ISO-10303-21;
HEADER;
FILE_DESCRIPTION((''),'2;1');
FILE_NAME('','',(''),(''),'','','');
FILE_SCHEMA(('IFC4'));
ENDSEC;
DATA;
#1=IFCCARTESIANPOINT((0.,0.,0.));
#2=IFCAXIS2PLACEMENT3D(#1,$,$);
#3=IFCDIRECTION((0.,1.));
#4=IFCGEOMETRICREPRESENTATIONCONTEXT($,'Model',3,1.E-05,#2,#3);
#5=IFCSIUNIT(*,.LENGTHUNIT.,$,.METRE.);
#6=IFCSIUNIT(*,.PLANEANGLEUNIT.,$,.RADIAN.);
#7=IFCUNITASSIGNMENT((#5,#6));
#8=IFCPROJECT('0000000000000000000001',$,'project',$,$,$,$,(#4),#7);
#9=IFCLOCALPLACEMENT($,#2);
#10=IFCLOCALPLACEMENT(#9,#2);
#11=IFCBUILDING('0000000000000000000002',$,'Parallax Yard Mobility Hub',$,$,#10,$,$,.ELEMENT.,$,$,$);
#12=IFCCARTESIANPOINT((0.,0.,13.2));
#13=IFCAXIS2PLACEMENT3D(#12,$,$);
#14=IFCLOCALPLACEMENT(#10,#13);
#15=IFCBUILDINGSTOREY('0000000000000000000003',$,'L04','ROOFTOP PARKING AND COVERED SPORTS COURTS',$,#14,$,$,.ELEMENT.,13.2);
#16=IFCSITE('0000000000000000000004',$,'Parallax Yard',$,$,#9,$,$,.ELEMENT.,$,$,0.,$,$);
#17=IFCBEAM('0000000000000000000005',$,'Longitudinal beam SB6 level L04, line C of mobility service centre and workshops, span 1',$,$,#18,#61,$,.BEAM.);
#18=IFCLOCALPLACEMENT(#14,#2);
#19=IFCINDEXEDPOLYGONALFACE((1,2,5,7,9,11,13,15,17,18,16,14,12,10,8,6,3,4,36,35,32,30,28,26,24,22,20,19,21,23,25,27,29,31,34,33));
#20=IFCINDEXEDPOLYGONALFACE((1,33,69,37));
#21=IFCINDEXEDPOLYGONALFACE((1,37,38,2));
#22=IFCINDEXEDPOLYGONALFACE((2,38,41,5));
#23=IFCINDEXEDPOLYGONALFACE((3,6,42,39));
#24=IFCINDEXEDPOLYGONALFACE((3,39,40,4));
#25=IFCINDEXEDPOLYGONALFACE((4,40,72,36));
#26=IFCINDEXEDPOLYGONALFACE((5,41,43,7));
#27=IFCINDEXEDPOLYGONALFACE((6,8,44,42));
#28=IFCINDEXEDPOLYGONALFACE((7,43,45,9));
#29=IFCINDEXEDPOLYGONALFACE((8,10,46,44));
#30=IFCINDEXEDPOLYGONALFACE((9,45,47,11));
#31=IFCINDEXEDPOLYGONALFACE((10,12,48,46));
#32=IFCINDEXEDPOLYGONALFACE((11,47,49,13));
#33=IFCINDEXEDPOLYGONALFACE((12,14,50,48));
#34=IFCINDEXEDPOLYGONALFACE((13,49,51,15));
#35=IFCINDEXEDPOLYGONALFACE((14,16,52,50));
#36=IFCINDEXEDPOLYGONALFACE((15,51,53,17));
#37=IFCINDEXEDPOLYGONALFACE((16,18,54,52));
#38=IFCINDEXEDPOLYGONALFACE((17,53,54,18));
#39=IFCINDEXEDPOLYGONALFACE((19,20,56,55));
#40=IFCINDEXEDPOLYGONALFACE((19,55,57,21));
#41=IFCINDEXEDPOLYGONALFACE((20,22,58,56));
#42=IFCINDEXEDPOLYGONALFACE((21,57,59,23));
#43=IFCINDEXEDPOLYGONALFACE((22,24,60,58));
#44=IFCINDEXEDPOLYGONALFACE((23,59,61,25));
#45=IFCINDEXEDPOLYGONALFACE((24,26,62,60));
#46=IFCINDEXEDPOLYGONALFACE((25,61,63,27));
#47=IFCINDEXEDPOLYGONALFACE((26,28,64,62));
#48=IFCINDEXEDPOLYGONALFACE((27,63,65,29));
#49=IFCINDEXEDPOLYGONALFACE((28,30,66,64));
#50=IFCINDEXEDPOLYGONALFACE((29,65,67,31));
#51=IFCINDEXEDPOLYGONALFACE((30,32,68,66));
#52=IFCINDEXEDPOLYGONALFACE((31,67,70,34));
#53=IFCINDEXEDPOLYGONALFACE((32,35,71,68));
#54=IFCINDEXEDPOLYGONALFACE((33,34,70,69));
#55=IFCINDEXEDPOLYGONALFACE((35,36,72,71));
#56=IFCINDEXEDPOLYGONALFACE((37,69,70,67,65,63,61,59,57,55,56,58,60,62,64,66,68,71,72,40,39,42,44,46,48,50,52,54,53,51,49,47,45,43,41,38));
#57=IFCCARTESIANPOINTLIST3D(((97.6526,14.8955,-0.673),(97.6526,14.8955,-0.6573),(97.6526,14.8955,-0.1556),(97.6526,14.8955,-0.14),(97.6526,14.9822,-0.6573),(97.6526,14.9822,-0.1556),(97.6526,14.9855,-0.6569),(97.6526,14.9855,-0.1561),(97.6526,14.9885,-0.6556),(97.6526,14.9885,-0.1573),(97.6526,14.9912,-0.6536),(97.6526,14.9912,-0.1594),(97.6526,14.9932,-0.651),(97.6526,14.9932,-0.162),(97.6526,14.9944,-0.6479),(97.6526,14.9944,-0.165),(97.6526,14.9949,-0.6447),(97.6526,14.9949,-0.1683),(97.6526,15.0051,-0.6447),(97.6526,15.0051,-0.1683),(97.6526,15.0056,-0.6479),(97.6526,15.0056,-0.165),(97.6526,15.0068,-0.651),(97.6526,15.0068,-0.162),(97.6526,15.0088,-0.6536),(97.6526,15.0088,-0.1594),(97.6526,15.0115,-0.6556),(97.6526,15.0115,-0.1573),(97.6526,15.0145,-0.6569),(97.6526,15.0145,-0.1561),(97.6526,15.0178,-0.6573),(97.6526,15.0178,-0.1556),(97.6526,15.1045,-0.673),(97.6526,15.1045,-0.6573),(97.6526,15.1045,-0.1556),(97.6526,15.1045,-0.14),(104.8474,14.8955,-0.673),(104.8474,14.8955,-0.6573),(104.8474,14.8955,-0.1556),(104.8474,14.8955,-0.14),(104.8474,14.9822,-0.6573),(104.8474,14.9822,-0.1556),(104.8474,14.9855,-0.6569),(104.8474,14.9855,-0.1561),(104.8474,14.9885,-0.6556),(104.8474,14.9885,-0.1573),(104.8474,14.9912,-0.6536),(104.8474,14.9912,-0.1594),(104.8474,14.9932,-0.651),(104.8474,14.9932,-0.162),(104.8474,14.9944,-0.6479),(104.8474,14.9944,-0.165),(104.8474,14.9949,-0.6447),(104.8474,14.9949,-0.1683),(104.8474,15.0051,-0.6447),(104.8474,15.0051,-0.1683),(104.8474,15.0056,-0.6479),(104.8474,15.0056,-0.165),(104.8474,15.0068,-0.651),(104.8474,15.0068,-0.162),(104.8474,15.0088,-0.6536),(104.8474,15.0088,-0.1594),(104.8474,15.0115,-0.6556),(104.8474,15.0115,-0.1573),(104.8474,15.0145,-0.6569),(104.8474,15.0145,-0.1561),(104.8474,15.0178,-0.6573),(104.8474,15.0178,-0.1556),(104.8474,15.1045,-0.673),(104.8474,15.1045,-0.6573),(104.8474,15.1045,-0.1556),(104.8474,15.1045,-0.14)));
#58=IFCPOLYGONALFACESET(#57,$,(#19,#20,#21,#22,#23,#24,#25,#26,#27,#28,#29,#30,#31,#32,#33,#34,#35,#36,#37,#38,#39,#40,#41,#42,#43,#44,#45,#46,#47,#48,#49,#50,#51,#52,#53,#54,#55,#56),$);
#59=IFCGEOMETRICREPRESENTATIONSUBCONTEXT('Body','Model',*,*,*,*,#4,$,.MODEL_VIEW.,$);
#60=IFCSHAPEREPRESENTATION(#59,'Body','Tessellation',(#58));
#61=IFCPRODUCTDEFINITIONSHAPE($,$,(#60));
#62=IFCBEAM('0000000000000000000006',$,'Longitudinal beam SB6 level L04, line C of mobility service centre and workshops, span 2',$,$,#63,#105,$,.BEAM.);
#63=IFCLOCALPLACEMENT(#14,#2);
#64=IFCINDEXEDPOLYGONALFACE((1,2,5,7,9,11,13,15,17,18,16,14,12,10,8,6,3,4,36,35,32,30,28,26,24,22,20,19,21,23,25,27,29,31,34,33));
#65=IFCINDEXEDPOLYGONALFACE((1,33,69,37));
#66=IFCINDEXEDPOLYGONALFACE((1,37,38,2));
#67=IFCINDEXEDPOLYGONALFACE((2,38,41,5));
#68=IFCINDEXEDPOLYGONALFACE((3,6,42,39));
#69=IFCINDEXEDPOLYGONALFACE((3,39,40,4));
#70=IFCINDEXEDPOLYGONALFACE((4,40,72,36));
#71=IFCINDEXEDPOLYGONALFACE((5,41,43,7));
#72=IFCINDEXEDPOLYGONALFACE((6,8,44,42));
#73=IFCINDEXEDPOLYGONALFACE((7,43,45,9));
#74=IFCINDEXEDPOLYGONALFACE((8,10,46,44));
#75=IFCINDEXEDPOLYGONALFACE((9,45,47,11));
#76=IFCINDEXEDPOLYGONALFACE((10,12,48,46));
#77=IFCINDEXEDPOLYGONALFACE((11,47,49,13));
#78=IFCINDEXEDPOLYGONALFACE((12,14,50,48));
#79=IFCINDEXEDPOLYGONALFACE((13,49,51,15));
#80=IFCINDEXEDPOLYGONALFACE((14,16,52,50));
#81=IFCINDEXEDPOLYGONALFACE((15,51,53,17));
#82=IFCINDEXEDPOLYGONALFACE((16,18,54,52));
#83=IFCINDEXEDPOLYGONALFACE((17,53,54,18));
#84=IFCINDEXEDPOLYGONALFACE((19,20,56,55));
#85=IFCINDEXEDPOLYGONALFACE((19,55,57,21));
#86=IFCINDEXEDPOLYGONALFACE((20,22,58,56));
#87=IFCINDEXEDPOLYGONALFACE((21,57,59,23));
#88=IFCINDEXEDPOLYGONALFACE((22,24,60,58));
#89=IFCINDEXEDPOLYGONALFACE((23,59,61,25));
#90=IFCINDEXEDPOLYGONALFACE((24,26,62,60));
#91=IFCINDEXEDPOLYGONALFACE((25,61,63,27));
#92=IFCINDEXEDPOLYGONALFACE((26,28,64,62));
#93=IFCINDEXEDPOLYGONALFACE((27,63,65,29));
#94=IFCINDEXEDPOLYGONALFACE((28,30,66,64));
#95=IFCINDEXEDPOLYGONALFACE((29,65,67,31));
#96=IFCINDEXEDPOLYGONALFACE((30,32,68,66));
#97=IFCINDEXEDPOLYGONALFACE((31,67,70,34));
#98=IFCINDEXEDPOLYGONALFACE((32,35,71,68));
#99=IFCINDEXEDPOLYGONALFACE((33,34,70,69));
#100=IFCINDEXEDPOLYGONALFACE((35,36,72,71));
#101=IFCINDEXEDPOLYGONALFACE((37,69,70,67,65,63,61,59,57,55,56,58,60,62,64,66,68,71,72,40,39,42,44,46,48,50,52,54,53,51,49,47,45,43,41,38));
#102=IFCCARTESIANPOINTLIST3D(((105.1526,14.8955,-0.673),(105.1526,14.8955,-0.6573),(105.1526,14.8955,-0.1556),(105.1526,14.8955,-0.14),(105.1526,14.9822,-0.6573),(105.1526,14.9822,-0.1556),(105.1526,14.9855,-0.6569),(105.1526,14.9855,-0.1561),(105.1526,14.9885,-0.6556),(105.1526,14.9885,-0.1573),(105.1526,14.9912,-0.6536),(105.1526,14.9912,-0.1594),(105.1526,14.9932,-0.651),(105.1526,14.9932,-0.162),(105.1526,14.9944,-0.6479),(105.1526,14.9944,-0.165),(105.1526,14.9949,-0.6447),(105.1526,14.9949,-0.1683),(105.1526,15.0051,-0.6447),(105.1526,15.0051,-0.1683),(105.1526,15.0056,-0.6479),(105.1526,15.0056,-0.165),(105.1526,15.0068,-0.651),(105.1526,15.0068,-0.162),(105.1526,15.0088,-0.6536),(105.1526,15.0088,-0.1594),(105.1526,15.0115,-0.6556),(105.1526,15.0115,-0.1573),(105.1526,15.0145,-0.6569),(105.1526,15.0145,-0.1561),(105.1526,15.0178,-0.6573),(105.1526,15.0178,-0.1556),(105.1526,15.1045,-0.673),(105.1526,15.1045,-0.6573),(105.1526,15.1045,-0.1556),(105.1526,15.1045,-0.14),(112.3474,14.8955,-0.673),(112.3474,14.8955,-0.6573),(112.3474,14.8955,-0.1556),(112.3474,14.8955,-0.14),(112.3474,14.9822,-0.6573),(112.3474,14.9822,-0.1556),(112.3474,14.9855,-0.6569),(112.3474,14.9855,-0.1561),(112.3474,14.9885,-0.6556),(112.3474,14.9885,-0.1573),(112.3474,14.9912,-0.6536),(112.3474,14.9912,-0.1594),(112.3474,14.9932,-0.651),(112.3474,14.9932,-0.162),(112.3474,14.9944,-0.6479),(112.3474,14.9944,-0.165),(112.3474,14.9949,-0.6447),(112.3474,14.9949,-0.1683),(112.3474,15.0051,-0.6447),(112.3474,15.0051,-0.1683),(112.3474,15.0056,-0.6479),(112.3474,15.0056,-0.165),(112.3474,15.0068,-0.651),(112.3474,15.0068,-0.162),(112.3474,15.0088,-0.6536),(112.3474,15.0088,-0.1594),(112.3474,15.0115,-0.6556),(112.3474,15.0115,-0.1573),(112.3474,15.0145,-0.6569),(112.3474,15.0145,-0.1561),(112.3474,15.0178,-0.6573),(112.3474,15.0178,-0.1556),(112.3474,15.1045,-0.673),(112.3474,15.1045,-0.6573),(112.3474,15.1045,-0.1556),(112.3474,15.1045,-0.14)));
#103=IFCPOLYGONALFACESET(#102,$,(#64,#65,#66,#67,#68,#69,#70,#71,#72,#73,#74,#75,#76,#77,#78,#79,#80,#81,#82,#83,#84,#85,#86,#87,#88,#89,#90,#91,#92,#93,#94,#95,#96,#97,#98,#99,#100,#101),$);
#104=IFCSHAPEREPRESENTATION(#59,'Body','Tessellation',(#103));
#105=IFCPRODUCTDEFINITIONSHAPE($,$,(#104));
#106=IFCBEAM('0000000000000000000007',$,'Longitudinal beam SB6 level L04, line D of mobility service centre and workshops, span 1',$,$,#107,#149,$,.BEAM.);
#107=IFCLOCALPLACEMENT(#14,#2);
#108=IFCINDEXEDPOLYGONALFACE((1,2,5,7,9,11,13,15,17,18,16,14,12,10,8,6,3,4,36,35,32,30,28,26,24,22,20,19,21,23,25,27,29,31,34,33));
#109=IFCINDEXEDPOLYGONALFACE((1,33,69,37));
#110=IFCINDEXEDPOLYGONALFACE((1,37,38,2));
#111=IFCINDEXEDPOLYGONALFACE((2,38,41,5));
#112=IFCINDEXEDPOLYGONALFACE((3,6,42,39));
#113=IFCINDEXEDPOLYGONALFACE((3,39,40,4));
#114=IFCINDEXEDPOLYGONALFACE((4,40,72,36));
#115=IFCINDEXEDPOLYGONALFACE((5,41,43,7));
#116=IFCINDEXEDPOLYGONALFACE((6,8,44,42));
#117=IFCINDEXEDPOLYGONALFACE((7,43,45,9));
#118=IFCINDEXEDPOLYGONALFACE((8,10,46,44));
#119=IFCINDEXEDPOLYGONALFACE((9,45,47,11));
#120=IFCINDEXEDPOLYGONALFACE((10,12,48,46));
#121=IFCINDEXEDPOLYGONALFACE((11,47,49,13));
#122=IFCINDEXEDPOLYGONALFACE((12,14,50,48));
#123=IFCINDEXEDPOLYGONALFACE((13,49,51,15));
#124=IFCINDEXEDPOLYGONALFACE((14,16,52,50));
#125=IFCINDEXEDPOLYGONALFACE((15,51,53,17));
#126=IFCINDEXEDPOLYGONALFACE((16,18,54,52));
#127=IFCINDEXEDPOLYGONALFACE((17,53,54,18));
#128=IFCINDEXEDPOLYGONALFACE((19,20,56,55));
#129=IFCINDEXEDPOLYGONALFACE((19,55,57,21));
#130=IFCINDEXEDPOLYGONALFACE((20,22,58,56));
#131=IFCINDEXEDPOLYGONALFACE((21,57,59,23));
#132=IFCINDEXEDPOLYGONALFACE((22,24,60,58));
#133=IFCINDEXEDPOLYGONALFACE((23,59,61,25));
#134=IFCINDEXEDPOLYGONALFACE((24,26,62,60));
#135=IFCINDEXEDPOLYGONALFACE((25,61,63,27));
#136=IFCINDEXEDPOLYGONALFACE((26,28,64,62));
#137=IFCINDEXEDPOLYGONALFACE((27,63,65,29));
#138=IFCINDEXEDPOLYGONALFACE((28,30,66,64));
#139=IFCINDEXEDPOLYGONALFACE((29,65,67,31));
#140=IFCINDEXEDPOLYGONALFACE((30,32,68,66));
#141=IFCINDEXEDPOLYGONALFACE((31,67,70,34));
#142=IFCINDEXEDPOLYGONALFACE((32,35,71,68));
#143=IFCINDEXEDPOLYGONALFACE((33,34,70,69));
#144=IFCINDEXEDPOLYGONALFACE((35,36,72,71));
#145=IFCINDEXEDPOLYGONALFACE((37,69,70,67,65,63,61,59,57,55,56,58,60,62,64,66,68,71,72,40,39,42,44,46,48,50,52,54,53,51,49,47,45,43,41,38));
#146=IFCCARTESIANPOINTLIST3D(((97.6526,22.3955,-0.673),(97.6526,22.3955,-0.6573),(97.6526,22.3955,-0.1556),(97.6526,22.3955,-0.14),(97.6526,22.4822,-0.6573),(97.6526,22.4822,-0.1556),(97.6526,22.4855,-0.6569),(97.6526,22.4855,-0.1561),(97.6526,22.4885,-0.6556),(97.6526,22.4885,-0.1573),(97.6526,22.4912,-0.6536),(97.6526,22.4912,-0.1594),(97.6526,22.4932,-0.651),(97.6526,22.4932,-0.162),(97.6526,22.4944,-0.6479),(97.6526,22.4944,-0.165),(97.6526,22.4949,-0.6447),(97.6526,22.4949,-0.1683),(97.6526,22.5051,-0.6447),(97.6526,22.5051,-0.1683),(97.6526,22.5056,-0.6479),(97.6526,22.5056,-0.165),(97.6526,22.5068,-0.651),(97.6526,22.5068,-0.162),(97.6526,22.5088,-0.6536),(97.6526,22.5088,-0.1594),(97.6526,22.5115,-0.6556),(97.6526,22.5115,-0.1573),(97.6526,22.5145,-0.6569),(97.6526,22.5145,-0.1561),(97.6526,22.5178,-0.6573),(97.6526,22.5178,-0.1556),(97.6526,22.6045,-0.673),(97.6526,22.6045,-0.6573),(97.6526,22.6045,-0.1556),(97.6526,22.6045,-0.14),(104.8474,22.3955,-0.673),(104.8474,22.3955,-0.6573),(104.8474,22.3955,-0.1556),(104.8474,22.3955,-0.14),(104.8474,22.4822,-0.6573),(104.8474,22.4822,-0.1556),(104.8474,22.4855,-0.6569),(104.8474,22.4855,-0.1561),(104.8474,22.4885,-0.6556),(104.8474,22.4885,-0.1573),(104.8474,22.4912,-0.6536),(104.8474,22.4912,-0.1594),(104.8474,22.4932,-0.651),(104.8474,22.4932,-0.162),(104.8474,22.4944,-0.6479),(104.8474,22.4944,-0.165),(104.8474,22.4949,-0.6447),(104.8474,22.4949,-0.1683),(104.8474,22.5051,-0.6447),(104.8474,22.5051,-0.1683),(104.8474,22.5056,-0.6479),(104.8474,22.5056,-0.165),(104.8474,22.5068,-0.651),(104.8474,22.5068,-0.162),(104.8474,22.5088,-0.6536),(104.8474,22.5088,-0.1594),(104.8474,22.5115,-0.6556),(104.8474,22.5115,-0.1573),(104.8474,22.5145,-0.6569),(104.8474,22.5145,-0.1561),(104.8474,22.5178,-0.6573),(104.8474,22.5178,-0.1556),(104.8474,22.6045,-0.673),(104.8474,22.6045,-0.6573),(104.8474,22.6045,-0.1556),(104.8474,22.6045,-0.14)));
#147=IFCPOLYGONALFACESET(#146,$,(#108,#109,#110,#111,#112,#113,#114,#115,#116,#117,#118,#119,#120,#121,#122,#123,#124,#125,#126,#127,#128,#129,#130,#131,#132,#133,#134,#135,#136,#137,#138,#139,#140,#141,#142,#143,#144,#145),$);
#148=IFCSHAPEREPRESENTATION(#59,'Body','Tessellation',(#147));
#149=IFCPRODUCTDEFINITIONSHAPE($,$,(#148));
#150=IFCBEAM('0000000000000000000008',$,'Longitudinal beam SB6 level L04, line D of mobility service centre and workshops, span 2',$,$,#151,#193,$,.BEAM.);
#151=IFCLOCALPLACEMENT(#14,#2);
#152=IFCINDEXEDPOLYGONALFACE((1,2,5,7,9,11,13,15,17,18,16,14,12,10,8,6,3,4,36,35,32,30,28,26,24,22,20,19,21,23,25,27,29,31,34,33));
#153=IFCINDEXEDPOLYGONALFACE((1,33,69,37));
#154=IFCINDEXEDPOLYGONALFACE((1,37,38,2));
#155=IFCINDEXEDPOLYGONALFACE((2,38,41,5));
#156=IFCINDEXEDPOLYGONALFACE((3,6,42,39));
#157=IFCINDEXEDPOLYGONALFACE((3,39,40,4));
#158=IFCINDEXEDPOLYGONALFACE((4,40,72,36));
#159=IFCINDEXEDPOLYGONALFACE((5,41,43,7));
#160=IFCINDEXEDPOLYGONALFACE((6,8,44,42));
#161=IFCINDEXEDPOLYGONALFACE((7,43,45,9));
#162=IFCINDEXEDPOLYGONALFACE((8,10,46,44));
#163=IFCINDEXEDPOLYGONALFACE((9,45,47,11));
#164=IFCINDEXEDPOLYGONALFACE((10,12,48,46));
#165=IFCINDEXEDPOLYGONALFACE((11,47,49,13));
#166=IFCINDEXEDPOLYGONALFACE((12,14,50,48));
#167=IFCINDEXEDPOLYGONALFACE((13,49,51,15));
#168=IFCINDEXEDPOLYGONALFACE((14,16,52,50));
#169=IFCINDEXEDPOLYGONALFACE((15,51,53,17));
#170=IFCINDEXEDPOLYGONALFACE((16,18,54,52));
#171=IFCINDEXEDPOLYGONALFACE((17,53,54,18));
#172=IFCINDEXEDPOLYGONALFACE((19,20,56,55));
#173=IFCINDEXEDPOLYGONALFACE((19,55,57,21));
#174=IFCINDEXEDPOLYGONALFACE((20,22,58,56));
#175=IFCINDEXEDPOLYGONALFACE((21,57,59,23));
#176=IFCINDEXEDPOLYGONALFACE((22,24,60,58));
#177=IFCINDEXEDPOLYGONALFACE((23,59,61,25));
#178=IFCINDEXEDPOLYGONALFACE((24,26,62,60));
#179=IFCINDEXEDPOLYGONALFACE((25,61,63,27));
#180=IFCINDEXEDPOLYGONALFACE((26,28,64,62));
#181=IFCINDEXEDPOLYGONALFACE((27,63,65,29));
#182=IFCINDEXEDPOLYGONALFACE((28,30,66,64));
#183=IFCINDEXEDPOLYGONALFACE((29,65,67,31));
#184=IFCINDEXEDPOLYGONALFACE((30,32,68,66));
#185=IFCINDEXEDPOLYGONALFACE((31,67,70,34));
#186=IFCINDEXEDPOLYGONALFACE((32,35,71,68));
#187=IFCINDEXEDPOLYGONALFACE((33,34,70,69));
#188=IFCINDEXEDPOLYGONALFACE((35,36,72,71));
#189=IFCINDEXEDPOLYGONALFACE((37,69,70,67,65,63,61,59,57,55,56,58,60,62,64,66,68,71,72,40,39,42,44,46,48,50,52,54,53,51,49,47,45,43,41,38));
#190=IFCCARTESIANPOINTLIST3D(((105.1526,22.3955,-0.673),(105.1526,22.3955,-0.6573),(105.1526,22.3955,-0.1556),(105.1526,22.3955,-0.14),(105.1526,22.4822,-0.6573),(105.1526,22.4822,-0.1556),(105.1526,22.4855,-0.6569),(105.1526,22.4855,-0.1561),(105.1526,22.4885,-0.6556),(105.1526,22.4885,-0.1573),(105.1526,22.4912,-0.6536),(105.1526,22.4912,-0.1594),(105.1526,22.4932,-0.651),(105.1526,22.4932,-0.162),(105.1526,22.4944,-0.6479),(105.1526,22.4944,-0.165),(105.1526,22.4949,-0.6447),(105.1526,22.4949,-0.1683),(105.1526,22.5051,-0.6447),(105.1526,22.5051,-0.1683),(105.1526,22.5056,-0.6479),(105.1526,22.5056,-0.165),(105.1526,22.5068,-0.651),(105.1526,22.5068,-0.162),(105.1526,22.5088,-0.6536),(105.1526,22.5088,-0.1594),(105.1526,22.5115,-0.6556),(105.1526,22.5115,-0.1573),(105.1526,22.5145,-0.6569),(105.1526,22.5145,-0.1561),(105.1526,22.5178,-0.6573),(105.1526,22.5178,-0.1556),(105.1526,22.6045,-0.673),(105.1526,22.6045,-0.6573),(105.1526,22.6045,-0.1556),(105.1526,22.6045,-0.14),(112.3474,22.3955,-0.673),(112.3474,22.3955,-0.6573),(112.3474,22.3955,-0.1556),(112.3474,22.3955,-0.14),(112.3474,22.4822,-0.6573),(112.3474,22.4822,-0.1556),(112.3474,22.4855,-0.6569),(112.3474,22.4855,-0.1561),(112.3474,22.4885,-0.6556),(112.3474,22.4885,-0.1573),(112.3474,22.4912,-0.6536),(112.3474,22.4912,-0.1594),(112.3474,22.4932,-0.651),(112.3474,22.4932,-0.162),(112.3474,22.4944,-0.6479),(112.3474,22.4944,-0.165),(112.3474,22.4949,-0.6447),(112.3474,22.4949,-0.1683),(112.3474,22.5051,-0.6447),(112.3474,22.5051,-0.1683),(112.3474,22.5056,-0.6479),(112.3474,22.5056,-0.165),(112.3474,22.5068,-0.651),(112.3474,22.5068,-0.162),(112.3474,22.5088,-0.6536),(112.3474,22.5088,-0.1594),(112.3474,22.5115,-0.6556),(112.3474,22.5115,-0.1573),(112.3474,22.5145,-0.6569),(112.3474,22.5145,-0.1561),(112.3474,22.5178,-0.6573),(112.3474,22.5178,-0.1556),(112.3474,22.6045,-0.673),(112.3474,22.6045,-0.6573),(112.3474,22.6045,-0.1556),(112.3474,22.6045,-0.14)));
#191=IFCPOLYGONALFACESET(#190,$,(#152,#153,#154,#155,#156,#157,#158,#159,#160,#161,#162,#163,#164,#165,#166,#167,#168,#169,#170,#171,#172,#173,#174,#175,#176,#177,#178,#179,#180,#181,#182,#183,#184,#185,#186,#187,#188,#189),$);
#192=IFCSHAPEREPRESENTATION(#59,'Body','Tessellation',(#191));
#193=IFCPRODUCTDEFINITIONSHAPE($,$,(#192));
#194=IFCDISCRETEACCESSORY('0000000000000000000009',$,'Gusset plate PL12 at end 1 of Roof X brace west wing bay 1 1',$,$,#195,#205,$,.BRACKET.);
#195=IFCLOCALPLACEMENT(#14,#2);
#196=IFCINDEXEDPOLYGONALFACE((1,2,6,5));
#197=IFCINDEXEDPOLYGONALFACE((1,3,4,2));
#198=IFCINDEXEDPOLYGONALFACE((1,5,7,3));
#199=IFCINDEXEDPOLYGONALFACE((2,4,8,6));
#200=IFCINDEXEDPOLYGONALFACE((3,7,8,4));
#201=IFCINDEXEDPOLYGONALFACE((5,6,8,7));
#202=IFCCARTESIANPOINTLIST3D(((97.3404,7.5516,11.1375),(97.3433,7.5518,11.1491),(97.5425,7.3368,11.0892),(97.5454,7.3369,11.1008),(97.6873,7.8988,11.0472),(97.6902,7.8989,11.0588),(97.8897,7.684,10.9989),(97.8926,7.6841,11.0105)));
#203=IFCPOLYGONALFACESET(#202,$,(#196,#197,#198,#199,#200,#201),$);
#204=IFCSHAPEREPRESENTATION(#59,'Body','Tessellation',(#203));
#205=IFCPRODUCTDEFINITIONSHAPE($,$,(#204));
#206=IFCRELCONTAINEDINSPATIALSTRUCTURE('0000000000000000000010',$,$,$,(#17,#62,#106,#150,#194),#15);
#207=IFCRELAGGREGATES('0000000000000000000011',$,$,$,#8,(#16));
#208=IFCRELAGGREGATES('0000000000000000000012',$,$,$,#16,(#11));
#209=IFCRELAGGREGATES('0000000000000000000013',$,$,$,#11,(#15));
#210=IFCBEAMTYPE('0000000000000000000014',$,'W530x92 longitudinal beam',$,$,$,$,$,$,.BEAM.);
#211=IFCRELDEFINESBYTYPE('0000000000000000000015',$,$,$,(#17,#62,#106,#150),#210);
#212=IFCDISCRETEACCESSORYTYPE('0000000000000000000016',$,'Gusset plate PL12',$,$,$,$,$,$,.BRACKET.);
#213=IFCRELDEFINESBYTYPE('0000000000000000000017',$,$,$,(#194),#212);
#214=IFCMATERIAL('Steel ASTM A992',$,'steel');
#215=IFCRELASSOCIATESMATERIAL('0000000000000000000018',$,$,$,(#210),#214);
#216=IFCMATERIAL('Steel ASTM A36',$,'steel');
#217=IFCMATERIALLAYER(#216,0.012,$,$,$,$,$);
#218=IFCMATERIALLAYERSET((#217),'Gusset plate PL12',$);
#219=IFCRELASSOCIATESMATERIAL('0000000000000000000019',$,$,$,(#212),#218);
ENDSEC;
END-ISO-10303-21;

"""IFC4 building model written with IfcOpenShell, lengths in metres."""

from ifc_helpers import new_model, si_unit, direction, frame, origin, origin_2d, place, context, subcontext, project, spatial, polyline, i_section, outline, extrude, material, layer, layer_set, material_profile, profile_set, type_object, element, save


model = new_model("IFC4")

# Units and contexts
model_context = context("Model", 3, precision=1e-05, world=origin(), true_north=direction((0.0, 1.0)))
body_context = subcontext(model_context, "Body", "Model", "MODEL_VIEW")
ifc_project = project(units=[si_unit("LENGTHUNIT", "METRE"), si_unit("PLANEANGLEUNIT", "RADIAN")], contexts=[model_context])

# Site, building, storey
site_placement = place(None, origin())
site = spatial("IfcSite", under=ifc_project, at=site_placement, Name="Parallax Yard", CompositionType="ELEMENT", RefElevation=0.0)
building_placement = place(site_placement, origin())
building = spatial("IfcBuilding", under=site, at=building_placement, Name="Parallax Yard Mobility Hub", CompositionType="ELEMENT")
storey_placement = place(building_placement, frame((0.0, 0.0, 13.2)))
storey = spatial("IfcBuildingStorey", under=building, at=storey_placement, Name="L04", Description="ROOFTOP PARKING AND COVERED SPORTS COURTS", CompositionType="ELEMENT", Elevation=13.2)

# Shared definitions
ifc_material_1 = material(Name="Steel ASTM A992", Category="steel")

# Beams
ifc_material_profile_1 = material_profile(ifc_material_1, i_section(OverallWidth=0.209, OverallDepth=0.533, WebThickness=0.0103, FlangeThickness=0.0156, FilletRadius=0.0127, at=origin_2d()), Name="W530x92")
ifc_profile_set_1 = profile_set([ifc_material_profile_1], Name="Steel ASTM A992")
beam_type_1 = type_object("IfcBeamType", Name="W530x92 longitudinal beam", PredefinedType="BEAM", material=ifc_profile_set_1)
for number, where, z_axis, x_axis, name in (
    (1, (97.6526, 15.0, -0.4065), (1.0, 0.0, 0.0), (0.0, 1.0, 0.0), "Longitudinal beam SB6 level L04, line C of mobility service centre and workshops, span 1"),
    (2, (105.1526, 15.0, -0.4065), (1.0, 0.0, 0.0), (0.0, 1.0, 0.0), "Longitudinal beam SB6 level L04, line C of mobility service centre and workshops, span 2"),
    (3, (97.6526, 22.5, -0.4065), (1.0, 0.0, 0.0), (0.0, 1.0, 0.0), "Longitudinal beam SB6 level L04, line D of mobility service centre and workshops, span 1"),
    (4, (105.1526, 22.5, -0.4065), (1.0, 0.0, 0.0), (0.0, 1.0, 0.0), "Longitudinal beam SB6 level L04, line D of mobility service centre and workshops, span 2"),
):
    element("IfcBeam", number, at=place(storey_placement, frame(where, z_axis=z_axis, x_axis=x_axis)), inside=storey, type_object=beam_type_1, Name=name, PredefinedType="BEAM", context=body_context, shape_type="SweptSolid", body=[
        extrude(i_section(OverallWidth=0.209, OverallDepth=0.533, WebThickness=0.0103, FlangeThickness=0.0156, FilletRadius=0.0127, at=origin_2d()), origin(), (0.0, 0.0, 1.0), 7.1948),
    ])

# Discrete accessory
ifc_material_2 = material(Name="Steel ASTM A36", Category="steel")
ifc_layer = layer(ifc_material_2, 0.012)
ifc_layer_set = layer_set([ifc_layer], Name="Gusset plate PL12")
discrete_accessory_type = type_object("IfcDiscreteAccessoryType", Name="Gusset plate PL12", PredefinedType="BRACKET", material=ifc_layer_set)
discrete_accessory_1_placement = place(storey_placement, frame((97.6902, 7.8989, 11.0588), z_axis=(0.242484, 0.01002, 0.970104), x_axis=(-0.695196, -0.695671, 0.180954)))
element("IfcDiscreteAccessory", 5, at=discrete_accessory_1_placement, inside=storey, type_object=discrete_accessory_type, Name="Gusset plate PL12 at end 1 of Roof X brace west wing bay 1 1", PredefinedType="BRACKET", context=body_context, shape_type="SweptSolid", body=[
    extrude(outline(polyline([(0.0, 0.0), (0.499, 0.0), (0.4992, 0.2989), (0.0, 0.2991), (0.0, 0.0)])), origin(), (0.0, 0.0, -1.0), 0.012),
])

save(model, "model.ifc")
